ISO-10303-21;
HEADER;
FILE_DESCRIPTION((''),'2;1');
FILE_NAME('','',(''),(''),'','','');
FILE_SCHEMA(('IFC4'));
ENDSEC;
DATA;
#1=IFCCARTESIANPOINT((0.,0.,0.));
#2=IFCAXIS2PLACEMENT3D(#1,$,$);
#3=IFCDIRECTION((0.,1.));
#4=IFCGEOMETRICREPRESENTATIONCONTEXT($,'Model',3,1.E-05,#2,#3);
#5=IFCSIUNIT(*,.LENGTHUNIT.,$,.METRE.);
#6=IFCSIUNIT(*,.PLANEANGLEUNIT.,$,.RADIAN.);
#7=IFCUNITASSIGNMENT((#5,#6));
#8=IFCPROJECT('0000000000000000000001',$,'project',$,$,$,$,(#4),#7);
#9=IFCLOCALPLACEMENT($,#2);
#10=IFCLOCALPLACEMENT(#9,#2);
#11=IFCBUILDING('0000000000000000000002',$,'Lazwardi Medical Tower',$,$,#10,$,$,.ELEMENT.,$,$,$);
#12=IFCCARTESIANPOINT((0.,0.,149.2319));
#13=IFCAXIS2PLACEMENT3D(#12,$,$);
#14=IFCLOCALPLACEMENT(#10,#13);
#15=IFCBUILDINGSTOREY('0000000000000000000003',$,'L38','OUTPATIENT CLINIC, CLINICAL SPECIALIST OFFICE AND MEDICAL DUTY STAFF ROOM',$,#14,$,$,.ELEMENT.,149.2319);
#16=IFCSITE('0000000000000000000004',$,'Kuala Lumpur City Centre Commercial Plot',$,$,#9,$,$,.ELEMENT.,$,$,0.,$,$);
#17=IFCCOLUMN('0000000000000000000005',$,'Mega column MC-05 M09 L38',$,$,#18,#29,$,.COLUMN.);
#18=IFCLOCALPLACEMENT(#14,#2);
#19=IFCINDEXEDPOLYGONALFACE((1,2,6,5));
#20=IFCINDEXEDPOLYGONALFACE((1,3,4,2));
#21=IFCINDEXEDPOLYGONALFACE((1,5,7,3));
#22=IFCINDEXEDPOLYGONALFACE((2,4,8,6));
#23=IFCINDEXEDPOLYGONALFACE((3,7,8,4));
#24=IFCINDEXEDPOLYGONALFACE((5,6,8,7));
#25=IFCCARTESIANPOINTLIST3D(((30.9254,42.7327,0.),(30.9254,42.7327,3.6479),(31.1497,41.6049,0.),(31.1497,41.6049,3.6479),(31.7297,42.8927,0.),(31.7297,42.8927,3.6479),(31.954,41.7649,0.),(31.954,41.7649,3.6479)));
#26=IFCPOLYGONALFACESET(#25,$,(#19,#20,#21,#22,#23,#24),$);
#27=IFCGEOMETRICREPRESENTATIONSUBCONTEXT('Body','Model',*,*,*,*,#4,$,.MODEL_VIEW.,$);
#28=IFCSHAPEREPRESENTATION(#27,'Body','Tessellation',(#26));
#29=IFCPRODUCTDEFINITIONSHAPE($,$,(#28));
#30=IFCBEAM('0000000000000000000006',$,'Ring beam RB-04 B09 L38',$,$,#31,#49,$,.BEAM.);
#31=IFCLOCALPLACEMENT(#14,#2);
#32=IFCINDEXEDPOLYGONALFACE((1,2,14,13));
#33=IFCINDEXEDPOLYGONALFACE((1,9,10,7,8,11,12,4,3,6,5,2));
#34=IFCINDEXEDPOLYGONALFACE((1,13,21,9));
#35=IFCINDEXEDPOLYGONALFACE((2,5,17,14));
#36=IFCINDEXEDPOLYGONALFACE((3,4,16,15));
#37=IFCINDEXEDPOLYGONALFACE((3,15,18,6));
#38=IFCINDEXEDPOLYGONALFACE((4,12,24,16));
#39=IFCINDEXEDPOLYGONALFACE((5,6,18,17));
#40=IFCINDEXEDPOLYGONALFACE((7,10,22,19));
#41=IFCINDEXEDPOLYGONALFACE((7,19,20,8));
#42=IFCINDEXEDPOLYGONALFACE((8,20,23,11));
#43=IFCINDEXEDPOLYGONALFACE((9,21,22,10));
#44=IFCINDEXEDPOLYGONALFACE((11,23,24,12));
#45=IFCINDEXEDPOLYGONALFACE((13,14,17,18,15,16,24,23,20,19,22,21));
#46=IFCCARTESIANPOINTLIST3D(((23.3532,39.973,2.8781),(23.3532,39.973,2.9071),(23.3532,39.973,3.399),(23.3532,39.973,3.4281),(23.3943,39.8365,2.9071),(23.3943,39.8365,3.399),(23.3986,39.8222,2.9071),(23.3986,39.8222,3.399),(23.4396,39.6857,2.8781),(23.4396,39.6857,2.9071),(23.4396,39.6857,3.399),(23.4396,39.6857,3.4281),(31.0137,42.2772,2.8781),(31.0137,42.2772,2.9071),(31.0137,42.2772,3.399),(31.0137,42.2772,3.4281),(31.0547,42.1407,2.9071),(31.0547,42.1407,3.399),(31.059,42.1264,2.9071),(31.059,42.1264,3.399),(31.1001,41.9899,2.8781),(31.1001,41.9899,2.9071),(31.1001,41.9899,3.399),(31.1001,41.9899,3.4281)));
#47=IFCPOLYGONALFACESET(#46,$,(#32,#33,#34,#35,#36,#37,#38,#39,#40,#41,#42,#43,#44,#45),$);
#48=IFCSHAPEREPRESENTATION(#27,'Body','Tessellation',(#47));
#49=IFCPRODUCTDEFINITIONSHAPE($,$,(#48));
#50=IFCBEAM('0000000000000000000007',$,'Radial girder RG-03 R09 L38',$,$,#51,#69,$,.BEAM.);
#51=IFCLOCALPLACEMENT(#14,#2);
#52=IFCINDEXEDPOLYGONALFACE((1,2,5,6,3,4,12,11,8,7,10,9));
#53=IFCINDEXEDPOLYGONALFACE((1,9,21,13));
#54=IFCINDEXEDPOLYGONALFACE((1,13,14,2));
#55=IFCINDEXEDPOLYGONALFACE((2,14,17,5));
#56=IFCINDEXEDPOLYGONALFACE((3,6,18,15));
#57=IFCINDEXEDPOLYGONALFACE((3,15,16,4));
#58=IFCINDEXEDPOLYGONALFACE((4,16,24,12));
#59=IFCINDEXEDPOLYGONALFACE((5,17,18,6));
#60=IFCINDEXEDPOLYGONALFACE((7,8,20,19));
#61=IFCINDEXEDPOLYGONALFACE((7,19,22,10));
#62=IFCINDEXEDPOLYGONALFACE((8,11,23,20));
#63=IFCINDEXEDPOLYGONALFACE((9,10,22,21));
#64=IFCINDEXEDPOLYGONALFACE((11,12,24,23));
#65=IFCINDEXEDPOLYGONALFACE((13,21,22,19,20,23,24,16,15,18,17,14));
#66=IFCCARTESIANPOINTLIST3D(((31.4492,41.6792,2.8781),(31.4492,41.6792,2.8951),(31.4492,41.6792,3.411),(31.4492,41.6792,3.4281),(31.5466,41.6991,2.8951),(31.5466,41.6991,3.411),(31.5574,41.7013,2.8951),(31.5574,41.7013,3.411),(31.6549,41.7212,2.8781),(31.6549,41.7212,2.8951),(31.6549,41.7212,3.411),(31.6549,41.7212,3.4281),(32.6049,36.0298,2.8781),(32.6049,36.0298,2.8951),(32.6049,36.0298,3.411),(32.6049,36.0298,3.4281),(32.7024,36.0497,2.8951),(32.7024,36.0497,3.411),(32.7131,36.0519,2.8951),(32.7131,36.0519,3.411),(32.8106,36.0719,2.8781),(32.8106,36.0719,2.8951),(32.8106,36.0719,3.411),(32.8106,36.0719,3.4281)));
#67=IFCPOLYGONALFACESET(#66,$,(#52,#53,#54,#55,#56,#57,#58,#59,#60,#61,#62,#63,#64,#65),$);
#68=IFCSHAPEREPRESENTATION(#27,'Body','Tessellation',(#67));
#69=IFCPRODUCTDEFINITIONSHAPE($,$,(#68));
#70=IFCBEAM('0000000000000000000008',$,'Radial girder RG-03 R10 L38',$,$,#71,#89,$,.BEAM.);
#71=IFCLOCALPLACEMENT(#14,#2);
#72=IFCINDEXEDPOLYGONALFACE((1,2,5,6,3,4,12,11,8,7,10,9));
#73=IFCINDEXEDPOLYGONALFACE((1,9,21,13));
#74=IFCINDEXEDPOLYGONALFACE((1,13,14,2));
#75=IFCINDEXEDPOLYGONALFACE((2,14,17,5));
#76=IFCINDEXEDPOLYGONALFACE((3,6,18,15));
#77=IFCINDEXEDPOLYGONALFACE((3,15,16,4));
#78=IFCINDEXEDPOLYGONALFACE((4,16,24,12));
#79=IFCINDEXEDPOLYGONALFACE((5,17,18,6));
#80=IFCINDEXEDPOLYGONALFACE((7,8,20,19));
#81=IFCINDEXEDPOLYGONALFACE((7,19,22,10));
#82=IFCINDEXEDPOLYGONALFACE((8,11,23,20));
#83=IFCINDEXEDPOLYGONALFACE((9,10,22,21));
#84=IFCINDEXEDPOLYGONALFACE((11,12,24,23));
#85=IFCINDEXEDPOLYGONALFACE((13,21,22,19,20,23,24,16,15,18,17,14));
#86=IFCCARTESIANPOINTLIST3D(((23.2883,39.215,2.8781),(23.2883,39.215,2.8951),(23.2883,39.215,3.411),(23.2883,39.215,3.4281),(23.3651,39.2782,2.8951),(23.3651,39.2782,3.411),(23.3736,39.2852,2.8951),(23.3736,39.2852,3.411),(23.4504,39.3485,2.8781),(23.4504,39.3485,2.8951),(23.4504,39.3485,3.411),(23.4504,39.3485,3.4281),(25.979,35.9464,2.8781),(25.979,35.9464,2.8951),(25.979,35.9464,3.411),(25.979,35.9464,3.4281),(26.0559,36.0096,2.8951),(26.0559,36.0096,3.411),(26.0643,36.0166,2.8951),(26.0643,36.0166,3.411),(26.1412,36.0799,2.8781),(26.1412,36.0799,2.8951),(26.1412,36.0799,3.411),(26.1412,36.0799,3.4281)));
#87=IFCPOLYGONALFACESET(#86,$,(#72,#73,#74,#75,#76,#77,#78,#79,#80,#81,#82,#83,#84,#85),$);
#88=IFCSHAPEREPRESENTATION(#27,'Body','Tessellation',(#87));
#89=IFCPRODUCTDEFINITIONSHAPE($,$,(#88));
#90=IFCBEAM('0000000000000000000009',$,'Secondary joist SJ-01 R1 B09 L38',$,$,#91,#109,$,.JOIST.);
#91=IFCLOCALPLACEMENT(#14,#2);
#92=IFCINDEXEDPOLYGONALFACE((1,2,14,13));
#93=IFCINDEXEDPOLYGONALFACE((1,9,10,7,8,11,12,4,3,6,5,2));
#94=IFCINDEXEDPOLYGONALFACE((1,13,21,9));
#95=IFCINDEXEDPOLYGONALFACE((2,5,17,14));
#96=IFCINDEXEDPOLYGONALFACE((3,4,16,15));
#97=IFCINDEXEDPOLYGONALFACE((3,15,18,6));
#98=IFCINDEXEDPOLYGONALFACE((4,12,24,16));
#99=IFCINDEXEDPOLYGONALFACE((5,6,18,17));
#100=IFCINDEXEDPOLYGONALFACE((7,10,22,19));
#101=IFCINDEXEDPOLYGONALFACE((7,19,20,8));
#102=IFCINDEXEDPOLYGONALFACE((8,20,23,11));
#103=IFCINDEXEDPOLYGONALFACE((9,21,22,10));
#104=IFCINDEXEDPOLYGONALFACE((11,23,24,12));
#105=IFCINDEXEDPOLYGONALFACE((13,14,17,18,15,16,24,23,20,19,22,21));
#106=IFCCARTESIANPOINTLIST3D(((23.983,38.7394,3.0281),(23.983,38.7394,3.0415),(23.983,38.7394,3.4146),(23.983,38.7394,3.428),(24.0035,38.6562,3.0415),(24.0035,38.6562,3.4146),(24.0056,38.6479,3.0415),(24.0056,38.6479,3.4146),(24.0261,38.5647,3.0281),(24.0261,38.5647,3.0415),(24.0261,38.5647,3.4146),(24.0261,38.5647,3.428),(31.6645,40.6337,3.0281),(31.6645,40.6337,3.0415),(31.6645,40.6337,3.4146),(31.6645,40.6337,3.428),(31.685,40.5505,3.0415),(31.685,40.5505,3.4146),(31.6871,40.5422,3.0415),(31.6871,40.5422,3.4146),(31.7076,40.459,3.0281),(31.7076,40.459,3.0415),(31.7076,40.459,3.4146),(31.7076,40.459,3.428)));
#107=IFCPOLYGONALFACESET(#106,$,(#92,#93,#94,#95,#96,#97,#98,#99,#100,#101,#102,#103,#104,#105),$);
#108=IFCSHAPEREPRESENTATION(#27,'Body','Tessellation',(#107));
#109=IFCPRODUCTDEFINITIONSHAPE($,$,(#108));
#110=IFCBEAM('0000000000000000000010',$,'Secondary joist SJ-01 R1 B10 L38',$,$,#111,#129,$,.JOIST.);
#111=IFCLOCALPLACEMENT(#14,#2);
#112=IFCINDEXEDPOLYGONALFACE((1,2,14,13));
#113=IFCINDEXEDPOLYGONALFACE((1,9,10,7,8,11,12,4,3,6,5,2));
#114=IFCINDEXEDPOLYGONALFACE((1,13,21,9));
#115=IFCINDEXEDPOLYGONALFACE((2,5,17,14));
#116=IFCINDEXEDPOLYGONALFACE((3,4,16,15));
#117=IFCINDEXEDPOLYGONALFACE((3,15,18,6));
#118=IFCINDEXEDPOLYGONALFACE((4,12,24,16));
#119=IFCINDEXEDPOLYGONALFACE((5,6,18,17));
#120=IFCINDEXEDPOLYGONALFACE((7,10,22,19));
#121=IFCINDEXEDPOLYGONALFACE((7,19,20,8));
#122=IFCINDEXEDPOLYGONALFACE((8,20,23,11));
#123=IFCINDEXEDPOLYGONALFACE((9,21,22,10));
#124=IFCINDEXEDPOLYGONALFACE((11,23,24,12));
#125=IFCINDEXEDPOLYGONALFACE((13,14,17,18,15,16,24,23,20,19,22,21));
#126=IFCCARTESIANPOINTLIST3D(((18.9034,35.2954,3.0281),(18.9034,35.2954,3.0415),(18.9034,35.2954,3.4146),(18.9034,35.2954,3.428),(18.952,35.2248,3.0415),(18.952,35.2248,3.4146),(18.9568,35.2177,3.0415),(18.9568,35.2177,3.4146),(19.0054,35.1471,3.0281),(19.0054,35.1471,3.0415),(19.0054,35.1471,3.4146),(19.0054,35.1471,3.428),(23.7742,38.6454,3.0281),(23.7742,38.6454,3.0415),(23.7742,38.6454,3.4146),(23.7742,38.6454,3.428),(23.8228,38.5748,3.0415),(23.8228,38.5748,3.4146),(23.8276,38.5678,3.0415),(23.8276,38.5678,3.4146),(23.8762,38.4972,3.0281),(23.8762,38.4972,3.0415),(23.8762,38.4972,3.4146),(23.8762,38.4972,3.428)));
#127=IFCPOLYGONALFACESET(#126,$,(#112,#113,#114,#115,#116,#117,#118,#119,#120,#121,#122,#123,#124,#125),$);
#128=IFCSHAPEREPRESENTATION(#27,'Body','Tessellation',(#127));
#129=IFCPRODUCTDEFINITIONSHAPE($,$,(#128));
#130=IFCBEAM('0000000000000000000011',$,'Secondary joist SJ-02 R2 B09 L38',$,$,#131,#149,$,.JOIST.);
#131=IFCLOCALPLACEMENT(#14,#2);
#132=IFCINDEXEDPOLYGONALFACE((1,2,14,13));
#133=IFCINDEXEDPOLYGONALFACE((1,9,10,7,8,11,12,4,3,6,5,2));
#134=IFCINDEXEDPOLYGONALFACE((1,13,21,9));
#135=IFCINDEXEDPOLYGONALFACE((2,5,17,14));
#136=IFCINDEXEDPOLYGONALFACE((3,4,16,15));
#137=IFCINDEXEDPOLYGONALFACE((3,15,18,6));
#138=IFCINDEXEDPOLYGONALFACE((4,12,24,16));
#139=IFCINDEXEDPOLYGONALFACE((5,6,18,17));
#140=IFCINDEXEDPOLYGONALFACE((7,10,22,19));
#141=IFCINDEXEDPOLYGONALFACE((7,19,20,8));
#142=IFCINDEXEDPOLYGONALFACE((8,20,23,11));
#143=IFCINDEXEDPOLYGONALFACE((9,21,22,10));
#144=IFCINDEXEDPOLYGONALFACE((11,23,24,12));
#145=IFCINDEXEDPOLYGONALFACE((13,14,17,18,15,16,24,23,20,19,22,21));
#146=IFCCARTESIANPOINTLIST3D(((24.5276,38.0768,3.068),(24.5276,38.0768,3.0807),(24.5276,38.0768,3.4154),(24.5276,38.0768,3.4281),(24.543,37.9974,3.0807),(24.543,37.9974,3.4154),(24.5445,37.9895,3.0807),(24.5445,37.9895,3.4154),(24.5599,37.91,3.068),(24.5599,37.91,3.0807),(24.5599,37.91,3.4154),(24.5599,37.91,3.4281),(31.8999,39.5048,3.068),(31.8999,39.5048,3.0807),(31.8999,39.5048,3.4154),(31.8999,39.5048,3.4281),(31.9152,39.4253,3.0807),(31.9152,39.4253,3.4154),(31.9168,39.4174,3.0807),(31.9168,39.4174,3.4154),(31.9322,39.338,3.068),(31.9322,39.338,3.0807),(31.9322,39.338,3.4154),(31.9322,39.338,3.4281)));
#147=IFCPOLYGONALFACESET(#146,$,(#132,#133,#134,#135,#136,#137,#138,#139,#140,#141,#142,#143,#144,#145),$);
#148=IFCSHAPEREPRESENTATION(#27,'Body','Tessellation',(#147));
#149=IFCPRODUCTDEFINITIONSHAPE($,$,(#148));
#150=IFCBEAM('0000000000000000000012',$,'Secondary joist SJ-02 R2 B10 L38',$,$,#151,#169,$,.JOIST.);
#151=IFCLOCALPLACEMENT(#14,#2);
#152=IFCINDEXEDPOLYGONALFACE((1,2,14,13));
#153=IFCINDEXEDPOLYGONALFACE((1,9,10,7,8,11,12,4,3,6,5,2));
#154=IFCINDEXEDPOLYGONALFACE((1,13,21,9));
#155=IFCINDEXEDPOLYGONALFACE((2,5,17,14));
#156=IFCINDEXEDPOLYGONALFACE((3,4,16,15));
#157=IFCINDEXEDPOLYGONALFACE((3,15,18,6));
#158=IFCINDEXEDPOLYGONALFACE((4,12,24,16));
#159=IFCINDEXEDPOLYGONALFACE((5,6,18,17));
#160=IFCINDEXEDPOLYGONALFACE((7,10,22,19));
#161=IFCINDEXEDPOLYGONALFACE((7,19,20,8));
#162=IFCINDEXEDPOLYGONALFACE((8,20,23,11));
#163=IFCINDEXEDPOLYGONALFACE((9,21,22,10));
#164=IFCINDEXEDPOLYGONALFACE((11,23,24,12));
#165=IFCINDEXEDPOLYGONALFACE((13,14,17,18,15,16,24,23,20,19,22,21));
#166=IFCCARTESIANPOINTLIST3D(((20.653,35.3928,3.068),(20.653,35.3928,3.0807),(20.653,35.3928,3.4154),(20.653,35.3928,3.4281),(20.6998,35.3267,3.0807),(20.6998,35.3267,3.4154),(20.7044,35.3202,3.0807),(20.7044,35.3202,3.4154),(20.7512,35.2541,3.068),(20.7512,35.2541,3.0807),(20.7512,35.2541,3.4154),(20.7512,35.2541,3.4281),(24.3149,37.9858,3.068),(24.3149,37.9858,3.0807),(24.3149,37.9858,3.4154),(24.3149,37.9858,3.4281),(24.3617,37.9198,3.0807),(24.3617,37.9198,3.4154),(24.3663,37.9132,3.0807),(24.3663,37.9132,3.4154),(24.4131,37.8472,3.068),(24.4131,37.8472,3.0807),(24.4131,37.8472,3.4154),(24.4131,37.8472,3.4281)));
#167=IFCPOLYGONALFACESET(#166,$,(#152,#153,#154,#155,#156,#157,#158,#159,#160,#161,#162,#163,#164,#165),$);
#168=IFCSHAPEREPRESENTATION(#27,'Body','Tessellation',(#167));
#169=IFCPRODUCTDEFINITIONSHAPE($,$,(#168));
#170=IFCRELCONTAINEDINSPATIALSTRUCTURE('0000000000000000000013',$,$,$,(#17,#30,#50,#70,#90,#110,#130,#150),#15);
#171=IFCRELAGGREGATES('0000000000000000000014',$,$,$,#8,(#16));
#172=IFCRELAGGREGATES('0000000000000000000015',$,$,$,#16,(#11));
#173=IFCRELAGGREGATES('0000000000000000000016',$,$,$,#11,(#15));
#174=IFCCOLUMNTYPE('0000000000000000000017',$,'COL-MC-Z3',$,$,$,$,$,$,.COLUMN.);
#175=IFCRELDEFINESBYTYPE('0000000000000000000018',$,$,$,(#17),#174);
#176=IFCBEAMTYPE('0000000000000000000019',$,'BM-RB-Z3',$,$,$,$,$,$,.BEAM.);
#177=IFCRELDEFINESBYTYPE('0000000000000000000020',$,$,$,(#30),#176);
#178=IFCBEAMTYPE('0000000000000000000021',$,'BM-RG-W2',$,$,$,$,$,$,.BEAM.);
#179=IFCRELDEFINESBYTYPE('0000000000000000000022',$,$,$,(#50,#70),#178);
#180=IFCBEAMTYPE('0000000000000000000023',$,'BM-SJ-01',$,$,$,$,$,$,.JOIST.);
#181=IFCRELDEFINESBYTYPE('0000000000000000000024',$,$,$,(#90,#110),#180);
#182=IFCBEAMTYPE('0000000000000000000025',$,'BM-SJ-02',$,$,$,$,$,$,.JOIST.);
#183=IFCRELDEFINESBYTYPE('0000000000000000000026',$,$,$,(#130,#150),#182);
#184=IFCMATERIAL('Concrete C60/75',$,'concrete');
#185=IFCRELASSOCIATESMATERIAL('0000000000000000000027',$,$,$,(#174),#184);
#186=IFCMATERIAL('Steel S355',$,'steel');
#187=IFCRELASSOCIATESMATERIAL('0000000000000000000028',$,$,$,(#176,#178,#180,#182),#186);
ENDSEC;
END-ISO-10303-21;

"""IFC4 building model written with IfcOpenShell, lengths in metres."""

from ifc_helpers import new_model, si_unit, direction, frame, origin, origin_2d, place, context, subcontext, project, spatial, rectangle, i_section, extrude, material, material_profile, profile_set, type_object, element, save


model = new_model("IFC4")

# Units and contexts
model_context = context("Model", 3, precision=1e-05, world=origin(), true_north=direction((0.0, 1.0)))
body_context = subcontext(model_context, "Body", "Model", "MODEL_VIEW")
ifc_project = project(units=[si_unit("LENGTHUNIT", "METRE"), si_unit("PLANEANGLEUNIT", "RADIAN")], contexts=[model_context])

# Site, building, storey
site_placement = place(None, origin())
site = spatial("IfcSite", under=ifc_project, at=site_placement, Name="Kuala Lumpur City Centre Commercial Plot", CompositionType="ELEMENT", RefElevation=0.0)
building_placement = place(site_placement, origin())
building = spatial("IfcBuilding", under=site, at=building_placement, Name="Lazwardi Medical Tower", CompositionType="ELEMENT")
storey_placement = place(building_placement, frame((0.0, 0.0, 149.2319)))
storey = spatial("IfcBuildingStorey", under=building, at=storey_placement, Name="L38", Description="OUTPATIENT CLINIC, CLINICAL SPECIALIST OFFICE AND MEDICAL DUTY STAFF ROOM", CompositionType="ELEMENT", Elevation=149.2319)

# Column
ifc_material_1 = material(Name="Concrete C60/75", Category="concrete")
ifc_material_profile_1 = material_profile(ifc_material_1, rectangle(XDim=1.1499, YDim=0.8201, at=origin_2d()), Name="CFT-RECT 1150x820")
ifc_profile_set_1 = profile_set([ifc_material_profile_1], Name="Concrete C60/75")
column_type = type_object("IfcColumnType", Name="COL-MC-Z3", PredefinedType="COLUMN", material=ifc_profile_set_1)
column_placement = place(storey_placement, frame((31.4397, 42.2488, 0.0), z_axis=(0.0, 0.0, 1.0), x_axis=(-0.19509, 0.980785, 0.0)))
element("IfcColumn", 1, at=column_placement, inside=storey, type_object=column_type, Name="Mega column MC-05 M09 L38", PredefinedType="COLUMN", context=body_context, shape_type="SweptSolid", body=[
    extrude(rectangle(XDim=1.1499, YDim=0.8201, at=origin_2d()), origin(), (0.0, 0.0, 1.0), 3.6479),
])

# Beams
ifc_material_2 = material(Name="Steel S355", Category="steel")
ifc_material_profile_2 = material_profile(ifc_material_2, i_section(OverallWidth=0.3, OverallDepth=0.55, WebThickness=0.0149, FlangeThickness=0.0291, at=origin_2d()), Name="HEB 550")
ifc_profile_set_2 = profile_set([ifc_material_profile_2], Name="Steel S355")
beam_type_1 = type_object("IfcBeamType", Name="BM-RB-Z3", PredefinedType="BEAM", material=ifc_profile_set_2)
beam_1_placement = place(storey_placement, frame((31.0569, 42.1335, 3.1531), z_axis=(-0.957617, -0.288045, 0.0), x_axis=(0.288045, -0.957617, 0.0)))
element("IfcBeam", 2, at=beam_1_placement, inside=storey, type_object=beam_type_1, Name="Ring beam RB-04 B09 L38", PredefinedType="BEAM", context=body_context, shape_type="SweptSolid", body=[
    extrude(i_section(OverallWidth=0.3, OverallDepth=0.55, WebThickness=0.0149, FlangeThickness=0.0291, at=origin_2d()), origin(), (0.0, 0.0, 1.0), 7.9995),
])
ifc_material_profile_3 = material_profile(ifc_material_2, i_section(OverallWidth=0.21, OverallDepth=0.55, WebThickness=0.011, FlangeThickness=0.0171, at=origin_2d()), Name="IPE 550")
ifc_profile_set_3 = profile_set([ifc_material_profile_3], Name="Steel S355")
beam_type_2 = type_object("IfcBeamType", Name="BM-RG-W2", PredefinedType="BEAM", material=ifc_profile_set_3)
beam_2_placement = place(storey_placement, frame((31.552, 41.7002, 3.1531), z_axis=(0.200429, -0.979708, 0.0), x_axis=(0.979708, 0.200429, 0.0)))
element("IfcBeam", 3, at=beam_2_placement, inside=storey, type_object=beam_type_2, Name="Radial girder RG-03 R09 L38", PredefinedType="BEAM", context=body_context, shape_type="SweptSolid", body=[
    extrude(i_section(OverallWidth=0.21, OverallDepth=0.55, WebThickness=0.011, FlangeThickness=0.0171, at=origin_2d()), origin(), (0.0, 0.0, 1.0), 5.7664),
])
beam_3_placement = place(storey_placement, frame((23.3694, 39.2817, 3.1531), z_axis=(0.635556, -0.772055, 0.0), x_axis=(0.772055, 0.635556, 0.0)))
element("IfcBeam", 4, at=beam_3_placement, inside=storey, type_object=beam_type_2, Name="Radial girder RG-03 R10 L38", PredefinedType="BEAM", context=body_context, shape_type="SweptSolid", body=[
    extrude(i_section(OverallWidth=0.21, OverallDepth=0.55, WebThickness=0.011, FlangeThickness=0.0171, at=origin_2d()), origin(), (0.0, 0.0, 1.0), 4.2336),
])
ifc_material_profile_4 = material_profile(ifc_material_2, i_section(OverallWidth=0.1799, OverallDepth=0.3999, WebThickness=0.0085, FlangeThickness=0.0134, at=origin_2d()), Name="IPE 400")
ifc_profile_set_4 = profile_set([ifc_material_profile_4], Name="Steel S355")
beam_type_3 = type_object("IfcBeamType", Name="BM-SJ-01", PredefinedType="JOIST", material=ifc_profile_set_4)
beam_4_placement = place(storey_placement, frame((31.686, 40.5464, 3.228), z_axis=(-0.970913, -0.239434, 0.0), x_axis=(0.239434, -0.970913, 0.0)))
element("IfcBeam", 5, at=beam_4_placement, inside=storey, type_object=beam_type_3, Name="Secondary joist SJ-01 R1 B09 L38", PredefinedType="JOIST", context=body_context, shape_type="SweptSolid", body=[
    extrude(i_section(OverallWidth=0.1799, OverallDepth=0.3999, WebThickness=0.0085, FlangeThickness=0.0134, at=origin_2d()), origin(), (0.0, 0.0, 1.0), 7.9116),
])
beam_5_placement = place(storey_placement, frame((23.8252, 38.5713, 3.228), z_axis=(-0.823932, -0.566688, 0.0), x_axis=(0.566688, -0.823932, 0.0)))
element("IfcBeam", 6, at=beam_5_placement, inside=storey, type_object=beam_type_3, Name="Secondary joist SJ-01 R1 B10 L38", PredefinedType="JOIST", context=body_context, shape_type="SweptSolid", body=[
    extrude(i_section(OverallWidth=0.1799, OverallDepth=0.3999, WebThickness=0.0085, FlangeThickness=0.0134, at=origin_2d()), origin(), (0.0, 0.0, 1.0), 5.9116),
])
ifc_material_profile_5 = material_profile(ifc_material_2, i_section(OverallWidth=0.1699, OverallDepth=0.3601, WebThickness=0.0081, FlangeThickness=0.0127, at=origin_2d()), Name="IPE 360")
ifc_profile_set_5 = profile_set([ifc_material_profile_5], Name="Steel S355")
beam_type_4 = type_object("IfcBeamType", Name="BM-SJ-02", PredefinedType="JOIST", material=ifc_profile_set_5)
beam_6_placement = place(storey_placement, frame((31.916, 39.4214, 3.248), z_axis=(-0.981753, -0.19016, 0.0), x_axis=(0.19016, -0.981753, 0.0)))
element("IfcBeam", 7, at=beam_6_placement, inside=storey, type_object=beam_type_4, Name="Secondary joist SJ-02 R2 B09 L38", PredefinedType="JOIST", context=body_context, shape_type="SweptSolid", body=[
    extrude(i_section(OverallWidth=0.1699, OverallDepth=0.3601, WebThickness=0.0081, FlangeThickness=0.0127, at=origin_2d()), origin(), (0.0, 0.0, 1.0), 7.5093),
])
beam_7_placement = place(storey_placement, frame((24.364, 37.9165, 3.248), z_axis=(-0.816109, -0.577898, 0.0), x_axis=(0.577898, -0.816109, 0.0)))
element("IfcBeam", 8, at=beam_7_placement, inside=storey, type_object=beam_type_4, Name="Secondary joist SJ-02 R2 B10 L38", PredefinedType="JOIST", context=body_context, shape_type="SweptSolid", body=[
    extrude(i_section(OverallWidth=0.1699, OverallDepth=0.3601, WebThickness=0.0081, FlangeThickness=0.0127, at=origin_2d()), origin(), (0.0, 0.0, 1.0), 4.4871),
])

save(model, "model.ifc")
